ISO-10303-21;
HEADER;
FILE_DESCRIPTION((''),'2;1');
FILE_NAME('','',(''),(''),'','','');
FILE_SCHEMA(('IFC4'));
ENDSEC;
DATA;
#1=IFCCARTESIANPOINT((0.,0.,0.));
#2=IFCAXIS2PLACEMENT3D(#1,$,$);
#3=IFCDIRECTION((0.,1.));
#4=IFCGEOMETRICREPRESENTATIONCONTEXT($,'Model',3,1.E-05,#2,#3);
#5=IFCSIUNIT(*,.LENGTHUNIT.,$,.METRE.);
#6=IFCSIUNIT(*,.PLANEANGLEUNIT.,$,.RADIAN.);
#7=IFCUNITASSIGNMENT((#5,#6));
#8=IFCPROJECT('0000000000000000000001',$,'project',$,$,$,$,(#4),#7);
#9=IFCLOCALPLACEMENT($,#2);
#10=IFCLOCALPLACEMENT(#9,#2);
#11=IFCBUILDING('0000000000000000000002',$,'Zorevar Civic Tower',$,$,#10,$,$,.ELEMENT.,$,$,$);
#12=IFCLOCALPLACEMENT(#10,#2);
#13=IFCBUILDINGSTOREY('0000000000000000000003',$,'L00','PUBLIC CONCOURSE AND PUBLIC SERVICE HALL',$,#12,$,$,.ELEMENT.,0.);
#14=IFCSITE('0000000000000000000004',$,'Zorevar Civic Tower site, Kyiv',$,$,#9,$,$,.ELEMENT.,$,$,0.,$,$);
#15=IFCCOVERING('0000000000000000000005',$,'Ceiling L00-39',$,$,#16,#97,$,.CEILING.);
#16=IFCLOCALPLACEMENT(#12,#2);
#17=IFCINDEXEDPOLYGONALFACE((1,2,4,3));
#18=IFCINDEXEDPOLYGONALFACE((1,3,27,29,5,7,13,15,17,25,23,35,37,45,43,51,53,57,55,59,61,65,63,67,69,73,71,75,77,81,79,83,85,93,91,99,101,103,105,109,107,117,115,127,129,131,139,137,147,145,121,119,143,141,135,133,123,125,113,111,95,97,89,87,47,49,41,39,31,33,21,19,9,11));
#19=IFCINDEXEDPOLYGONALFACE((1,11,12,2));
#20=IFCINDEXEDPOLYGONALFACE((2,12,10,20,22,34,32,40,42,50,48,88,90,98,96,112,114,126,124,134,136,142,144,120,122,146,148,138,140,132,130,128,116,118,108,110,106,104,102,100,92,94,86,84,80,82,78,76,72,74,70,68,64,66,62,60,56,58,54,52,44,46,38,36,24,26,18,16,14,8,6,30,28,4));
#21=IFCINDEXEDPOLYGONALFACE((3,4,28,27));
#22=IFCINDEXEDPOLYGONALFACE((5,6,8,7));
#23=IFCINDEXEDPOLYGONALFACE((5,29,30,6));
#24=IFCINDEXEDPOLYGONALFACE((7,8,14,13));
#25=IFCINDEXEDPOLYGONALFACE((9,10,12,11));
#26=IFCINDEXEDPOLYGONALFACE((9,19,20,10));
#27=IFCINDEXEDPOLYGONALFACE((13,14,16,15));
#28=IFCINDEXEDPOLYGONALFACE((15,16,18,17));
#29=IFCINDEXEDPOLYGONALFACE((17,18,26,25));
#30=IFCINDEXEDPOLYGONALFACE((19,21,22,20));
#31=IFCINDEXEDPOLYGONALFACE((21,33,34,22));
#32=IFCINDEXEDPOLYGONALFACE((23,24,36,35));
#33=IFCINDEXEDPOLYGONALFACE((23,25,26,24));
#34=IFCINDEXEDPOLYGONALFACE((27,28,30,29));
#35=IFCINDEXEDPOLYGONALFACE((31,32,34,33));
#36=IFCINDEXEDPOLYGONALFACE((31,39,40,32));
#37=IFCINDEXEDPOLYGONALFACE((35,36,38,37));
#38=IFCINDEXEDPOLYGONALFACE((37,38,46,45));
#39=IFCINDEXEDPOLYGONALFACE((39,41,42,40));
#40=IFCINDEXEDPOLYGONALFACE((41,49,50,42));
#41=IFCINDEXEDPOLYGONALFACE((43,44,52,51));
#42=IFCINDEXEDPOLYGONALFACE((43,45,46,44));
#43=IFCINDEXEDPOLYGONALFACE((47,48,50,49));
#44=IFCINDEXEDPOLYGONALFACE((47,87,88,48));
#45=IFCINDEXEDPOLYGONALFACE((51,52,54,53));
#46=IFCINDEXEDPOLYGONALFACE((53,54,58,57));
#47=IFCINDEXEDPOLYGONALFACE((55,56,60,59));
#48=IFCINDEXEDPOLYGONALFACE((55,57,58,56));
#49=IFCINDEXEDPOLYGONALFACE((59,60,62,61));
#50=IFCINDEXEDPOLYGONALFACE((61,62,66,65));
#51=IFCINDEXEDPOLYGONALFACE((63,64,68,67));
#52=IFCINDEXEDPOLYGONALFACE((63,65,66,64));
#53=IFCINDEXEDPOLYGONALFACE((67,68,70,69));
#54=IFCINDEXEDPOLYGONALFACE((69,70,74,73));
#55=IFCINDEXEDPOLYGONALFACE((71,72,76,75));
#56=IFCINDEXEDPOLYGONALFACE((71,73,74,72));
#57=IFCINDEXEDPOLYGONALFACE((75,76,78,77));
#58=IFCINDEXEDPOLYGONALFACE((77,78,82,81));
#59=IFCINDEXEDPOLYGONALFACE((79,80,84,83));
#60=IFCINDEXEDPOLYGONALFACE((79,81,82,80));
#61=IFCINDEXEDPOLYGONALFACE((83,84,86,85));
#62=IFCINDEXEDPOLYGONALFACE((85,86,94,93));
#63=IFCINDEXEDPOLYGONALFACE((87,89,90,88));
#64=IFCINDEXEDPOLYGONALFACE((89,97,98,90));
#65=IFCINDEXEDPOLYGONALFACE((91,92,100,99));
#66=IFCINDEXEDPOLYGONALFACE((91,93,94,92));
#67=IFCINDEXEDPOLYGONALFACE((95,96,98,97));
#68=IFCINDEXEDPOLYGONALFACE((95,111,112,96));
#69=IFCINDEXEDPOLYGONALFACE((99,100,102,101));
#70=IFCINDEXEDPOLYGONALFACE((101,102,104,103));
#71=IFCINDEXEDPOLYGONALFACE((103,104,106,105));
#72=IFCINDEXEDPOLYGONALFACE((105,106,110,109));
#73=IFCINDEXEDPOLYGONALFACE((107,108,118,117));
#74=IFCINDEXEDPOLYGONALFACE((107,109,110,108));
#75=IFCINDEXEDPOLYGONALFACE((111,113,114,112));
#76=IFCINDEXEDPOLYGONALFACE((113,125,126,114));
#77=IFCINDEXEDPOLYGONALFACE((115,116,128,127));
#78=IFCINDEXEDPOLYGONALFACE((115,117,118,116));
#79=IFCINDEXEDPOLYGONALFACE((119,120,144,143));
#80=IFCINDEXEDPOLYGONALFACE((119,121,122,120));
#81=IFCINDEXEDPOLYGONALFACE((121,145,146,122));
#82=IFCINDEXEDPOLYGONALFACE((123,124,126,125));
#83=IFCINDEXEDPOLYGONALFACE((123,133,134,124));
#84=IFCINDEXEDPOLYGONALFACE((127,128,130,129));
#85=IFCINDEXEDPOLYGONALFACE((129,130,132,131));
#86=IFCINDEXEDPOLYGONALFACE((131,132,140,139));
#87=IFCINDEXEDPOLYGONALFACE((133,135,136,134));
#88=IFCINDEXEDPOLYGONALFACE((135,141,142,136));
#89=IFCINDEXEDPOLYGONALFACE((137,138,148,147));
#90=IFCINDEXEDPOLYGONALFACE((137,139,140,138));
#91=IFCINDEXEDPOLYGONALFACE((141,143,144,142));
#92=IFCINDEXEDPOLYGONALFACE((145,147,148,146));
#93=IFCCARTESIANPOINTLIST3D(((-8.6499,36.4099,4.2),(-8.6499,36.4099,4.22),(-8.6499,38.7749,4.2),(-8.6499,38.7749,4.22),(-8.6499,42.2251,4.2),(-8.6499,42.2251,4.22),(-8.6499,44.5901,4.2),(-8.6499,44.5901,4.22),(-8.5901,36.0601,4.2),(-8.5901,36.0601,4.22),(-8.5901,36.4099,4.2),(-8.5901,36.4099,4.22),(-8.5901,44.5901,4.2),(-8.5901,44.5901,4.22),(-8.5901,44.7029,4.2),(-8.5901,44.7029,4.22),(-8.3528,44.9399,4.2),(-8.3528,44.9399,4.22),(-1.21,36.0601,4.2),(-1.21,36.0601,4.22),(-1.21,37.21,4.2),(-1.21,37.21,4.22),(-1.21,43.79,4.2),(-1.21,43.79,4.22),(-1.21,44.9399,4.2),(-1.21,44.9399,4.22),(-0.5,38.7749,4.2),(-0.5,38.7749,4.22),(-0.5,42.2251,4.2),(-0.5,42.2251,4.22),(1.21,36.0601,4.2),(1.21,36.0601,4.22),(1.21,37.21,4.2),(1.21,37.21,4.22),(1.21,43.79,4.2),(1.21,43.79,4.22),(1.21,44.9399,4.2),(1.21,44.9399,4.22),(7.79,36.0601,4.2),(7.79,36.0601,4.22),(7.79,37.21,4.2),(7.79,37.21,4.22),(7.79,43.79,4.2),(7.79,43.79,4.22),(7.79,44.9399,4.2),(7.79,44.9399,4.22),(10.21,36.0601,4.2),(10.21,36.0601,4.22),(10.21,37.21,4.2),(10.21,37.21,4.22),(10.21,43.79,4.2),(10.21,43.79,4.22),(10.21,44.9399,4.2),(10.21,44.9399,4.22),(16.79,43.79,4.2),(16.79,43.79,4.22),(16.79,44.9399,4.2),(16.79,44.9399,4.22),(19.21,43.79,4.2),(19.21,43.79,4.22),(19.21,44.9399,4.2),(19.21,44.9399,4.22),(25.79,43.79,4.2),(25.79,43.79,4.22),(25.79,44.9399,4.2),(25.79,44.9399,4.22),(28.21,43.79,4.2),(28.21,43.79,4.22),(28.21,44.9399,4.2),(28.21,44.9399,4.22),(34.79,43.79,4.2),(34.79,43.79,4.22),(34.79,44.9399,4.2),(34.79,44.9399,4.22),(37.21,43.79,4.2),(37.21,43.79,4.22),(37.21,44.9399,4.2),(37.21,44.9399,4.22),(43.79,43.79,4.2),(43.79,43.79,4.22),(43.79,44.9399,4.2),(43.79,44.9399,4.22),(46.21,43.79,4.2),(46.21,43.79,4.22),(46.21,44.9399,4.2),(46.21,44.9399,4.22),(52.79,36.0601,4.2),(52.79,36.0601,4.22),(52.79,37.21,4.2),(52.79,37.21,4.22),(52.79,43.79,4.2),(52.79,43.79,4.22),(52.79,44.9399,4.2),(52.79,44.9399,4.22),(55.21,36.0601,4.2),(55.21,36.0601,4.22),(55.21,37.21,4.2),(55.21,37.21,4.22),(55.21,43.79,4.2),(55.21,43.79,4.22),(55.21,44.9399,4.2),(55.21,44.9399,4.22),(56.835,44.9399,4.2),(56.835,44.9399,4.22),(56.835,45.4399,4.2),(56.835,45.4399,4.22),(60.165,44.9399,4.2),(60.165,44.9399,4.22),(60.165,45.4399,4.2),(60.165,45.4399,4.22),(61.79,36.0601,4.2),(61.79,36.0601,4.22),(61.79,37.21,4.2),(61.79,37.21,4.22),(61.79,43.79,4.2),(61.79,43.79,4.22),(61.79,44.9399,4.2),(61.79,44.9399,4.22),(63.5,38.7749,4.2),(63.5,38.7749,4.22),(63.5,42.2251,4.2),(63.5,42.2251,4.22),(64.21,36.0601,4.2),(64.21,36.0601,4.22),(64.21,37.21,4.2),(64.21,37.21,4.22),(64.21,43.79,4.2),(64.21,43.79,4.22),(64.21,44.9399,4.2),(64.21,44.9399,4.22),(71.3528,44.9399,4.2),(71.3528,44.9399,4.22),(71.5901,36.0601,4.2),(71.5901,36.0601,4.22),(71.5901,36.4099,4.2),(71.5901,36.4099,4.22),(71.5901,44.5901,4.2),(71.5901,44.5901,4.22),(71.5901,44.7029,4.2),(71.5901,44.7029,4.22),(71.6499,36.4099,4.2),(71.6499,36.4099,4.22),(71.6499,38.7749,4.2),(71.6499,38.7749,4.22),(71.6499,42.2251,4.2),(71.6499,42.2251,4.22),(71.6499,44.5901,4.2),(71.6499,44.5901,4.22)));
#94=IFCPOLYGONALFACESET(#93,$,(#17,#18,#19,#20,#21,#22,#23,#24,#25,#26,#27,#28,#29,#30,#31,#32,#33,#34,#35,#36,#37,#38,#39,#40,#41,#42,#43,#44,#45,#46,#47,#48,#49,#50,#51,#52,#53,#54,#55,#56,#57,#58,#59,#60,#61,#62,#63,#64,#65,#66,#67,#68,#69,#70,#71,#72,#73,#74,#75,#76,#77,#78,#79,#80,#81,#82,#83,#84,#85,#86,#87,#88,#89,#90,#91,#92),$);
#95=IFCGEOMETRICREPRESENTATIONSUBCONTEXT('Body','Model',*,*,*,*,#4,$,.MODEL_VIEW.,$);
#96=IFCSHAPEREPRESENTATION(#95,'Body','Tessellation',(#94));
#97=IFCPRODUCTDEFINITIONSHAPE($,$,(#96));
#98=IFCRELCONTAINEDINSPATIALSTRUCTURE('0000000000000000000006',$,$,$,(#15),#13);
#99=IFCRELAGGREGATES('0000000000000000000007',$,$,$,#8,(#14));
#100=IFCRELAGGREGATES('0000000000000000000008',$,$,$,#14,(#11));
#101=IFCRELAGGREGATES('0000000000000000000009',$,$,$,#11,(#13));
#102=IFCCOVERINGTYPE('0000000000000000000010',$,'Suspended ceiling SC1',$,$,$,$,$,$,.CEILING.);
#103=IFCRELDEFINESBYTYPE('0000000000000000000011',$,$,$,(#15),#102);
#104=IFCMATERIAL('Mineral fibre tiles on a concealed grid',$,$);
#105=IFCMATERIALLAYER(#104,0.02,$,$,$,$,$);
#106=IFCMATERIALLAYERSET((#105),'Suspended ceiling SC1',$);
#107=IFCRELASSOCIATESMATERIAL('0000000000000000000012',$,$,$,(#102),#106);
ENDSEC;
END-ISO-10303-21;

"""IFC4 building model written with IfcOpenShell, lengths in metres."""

from ifc_helpers import new_model, si_unit, direction, frame, origin, place, context, subcontext, project, spatial, polyline, outline, extrude, material, layer, layer_set, type_object, element, save


model = new_model("IFC4")

# Units and contexts
model_context = context("Model", 3, precision=1e-05, world=origin(), true_north=direction((0.0, 1.0)))
body_context = subcontext(model_context, "Body", "Model", "MODEL_VIEW")
ifc_project = project(units=[si_unit("LENGTHUNIT", "METRE"), si_unit("PLANEANGLEUNIT", "RADIAN")], contexts=[model_context])

# Site, building, storey
site_placement = place(None, origin())
site = spatial("IfcSite", under=ifc_project, at=site_placement, Name="Zorevar Civic Tower site, Kyiv", CompositionType="ELEMENT", RefElevation=0.0)
building_placement = place(site_placement, origin())
building = spatial("IfcBuilding", under=site, at=building_placement, Name="Zorevar Civic Tower", CompositionType="ELEMENT")
storey_placement = place(building_placement, origin())
storey = spatial("IfcBuildingStorey", under=building, at=storey_placement, Name="L00", Description="PUBLIC CONCOURSE AND PUBLIC SERVICE HALL", CompositionType="ELEMENT", Elevation=0.0)

# Covering
ifc_material_1 = material(Name="Mineral fibre tiles on a concealed grid")
ifc_layer_1 = layer(ifc_material_1, 0.02)
ifc_layer_set_1 = layer_set([ifc_layer_1], Name="Suspended ceiling SC1")
covering_type_1 = type_object("IfcCoveringType", Name="Suspended ceiling SC1", PredefinedType="CEILING", material=ifc_layer_set_1)
covering_1_placement = place(storey_placement, frame((0.0, 0.0, 4.2)))
element("IfcCovering", 1, at=covering_1_placement, inside=storey, type_object=covering_type_1, Name="Ceiling L00-39", PredefinedType="CEILING", context=body_context, shape_type="SweptSolid", body=[
    extrude(outline(polyline([(10.21, 44.9399), (16.79, 44.9399), (16.79, 43.79), (19.21, 43.79), (19.21, 44.9399), (25.79, 44.9399), (25.79, 43.79), (28.21, 43.79), (28.21, 44.9399), (34.79, 44.9399), (34.79, 43.79), (37.21, 43.79), (37.21, 44.9399), (43.79, 44.9399), (43.79, 43.79), (46.21, 43.79), (46.21, 44.9399), (52.79, 44.9399), (52.79, 43.79), (55.21, 43.79), (55.21, 44.9399), (56.835, 44.9399), (56.835, 45.4399), (60.165, 45.4399), (60.165, 44.9399), (61.79, 44.9399), (61.79, 43.79), (64.21, 43.79), (64.21, 44.9399), (71.3528, 44.9399), (71.5901, 44.7029), (71.5901, 44.5901), (71.6499, 44.5901), (71.6499, 42.2251), (63.5, 42.2251), (63.5, 38.7749), (71.6499, 38.7749), (71.6499, 36.4099), (71.5901, 36.4099), (71.5901, 36.0601), (64.21, 36.0601), (64.21, 37.21), (61.79, 37.21), (61.79, 36.0601), (55.21, 36.0601), (55.21, 37.21), (52.79, 37.21), (52.79, 36.0601), (10.21, 36.0601), (10.21, 37.21), (7.79, 37.21), (7.79, 36.0601), (1.21, 36.0601), (1.21, 37.21), (-1.21, 37.21), (-1.21, 36.0601), (-8.5901, 36.0601), (-8.5901, 36.4099), (-8.6499, 36.4099), (-8.6499, 38.7749), (-0.5, 38.7749), (-0.5, 42.2251), (-8.6499, 42.2251), (-8.6499, 44.5901), (-8.5901, 44.5901), (-8.5901, 44.7029), (-8.3528, 44.9399), (-1.21, 44.9399), (-1.21, 43.79), (1.21, 43.79), (1.21, 44.9399), (7.79, 44.9399), (7.79, 43.79), (10.21, 43.79), (10.21, 44.9399)])), origin(), (0.0, 0.0, 1.0), 0.02),
])

save(model, "model.ifc")
